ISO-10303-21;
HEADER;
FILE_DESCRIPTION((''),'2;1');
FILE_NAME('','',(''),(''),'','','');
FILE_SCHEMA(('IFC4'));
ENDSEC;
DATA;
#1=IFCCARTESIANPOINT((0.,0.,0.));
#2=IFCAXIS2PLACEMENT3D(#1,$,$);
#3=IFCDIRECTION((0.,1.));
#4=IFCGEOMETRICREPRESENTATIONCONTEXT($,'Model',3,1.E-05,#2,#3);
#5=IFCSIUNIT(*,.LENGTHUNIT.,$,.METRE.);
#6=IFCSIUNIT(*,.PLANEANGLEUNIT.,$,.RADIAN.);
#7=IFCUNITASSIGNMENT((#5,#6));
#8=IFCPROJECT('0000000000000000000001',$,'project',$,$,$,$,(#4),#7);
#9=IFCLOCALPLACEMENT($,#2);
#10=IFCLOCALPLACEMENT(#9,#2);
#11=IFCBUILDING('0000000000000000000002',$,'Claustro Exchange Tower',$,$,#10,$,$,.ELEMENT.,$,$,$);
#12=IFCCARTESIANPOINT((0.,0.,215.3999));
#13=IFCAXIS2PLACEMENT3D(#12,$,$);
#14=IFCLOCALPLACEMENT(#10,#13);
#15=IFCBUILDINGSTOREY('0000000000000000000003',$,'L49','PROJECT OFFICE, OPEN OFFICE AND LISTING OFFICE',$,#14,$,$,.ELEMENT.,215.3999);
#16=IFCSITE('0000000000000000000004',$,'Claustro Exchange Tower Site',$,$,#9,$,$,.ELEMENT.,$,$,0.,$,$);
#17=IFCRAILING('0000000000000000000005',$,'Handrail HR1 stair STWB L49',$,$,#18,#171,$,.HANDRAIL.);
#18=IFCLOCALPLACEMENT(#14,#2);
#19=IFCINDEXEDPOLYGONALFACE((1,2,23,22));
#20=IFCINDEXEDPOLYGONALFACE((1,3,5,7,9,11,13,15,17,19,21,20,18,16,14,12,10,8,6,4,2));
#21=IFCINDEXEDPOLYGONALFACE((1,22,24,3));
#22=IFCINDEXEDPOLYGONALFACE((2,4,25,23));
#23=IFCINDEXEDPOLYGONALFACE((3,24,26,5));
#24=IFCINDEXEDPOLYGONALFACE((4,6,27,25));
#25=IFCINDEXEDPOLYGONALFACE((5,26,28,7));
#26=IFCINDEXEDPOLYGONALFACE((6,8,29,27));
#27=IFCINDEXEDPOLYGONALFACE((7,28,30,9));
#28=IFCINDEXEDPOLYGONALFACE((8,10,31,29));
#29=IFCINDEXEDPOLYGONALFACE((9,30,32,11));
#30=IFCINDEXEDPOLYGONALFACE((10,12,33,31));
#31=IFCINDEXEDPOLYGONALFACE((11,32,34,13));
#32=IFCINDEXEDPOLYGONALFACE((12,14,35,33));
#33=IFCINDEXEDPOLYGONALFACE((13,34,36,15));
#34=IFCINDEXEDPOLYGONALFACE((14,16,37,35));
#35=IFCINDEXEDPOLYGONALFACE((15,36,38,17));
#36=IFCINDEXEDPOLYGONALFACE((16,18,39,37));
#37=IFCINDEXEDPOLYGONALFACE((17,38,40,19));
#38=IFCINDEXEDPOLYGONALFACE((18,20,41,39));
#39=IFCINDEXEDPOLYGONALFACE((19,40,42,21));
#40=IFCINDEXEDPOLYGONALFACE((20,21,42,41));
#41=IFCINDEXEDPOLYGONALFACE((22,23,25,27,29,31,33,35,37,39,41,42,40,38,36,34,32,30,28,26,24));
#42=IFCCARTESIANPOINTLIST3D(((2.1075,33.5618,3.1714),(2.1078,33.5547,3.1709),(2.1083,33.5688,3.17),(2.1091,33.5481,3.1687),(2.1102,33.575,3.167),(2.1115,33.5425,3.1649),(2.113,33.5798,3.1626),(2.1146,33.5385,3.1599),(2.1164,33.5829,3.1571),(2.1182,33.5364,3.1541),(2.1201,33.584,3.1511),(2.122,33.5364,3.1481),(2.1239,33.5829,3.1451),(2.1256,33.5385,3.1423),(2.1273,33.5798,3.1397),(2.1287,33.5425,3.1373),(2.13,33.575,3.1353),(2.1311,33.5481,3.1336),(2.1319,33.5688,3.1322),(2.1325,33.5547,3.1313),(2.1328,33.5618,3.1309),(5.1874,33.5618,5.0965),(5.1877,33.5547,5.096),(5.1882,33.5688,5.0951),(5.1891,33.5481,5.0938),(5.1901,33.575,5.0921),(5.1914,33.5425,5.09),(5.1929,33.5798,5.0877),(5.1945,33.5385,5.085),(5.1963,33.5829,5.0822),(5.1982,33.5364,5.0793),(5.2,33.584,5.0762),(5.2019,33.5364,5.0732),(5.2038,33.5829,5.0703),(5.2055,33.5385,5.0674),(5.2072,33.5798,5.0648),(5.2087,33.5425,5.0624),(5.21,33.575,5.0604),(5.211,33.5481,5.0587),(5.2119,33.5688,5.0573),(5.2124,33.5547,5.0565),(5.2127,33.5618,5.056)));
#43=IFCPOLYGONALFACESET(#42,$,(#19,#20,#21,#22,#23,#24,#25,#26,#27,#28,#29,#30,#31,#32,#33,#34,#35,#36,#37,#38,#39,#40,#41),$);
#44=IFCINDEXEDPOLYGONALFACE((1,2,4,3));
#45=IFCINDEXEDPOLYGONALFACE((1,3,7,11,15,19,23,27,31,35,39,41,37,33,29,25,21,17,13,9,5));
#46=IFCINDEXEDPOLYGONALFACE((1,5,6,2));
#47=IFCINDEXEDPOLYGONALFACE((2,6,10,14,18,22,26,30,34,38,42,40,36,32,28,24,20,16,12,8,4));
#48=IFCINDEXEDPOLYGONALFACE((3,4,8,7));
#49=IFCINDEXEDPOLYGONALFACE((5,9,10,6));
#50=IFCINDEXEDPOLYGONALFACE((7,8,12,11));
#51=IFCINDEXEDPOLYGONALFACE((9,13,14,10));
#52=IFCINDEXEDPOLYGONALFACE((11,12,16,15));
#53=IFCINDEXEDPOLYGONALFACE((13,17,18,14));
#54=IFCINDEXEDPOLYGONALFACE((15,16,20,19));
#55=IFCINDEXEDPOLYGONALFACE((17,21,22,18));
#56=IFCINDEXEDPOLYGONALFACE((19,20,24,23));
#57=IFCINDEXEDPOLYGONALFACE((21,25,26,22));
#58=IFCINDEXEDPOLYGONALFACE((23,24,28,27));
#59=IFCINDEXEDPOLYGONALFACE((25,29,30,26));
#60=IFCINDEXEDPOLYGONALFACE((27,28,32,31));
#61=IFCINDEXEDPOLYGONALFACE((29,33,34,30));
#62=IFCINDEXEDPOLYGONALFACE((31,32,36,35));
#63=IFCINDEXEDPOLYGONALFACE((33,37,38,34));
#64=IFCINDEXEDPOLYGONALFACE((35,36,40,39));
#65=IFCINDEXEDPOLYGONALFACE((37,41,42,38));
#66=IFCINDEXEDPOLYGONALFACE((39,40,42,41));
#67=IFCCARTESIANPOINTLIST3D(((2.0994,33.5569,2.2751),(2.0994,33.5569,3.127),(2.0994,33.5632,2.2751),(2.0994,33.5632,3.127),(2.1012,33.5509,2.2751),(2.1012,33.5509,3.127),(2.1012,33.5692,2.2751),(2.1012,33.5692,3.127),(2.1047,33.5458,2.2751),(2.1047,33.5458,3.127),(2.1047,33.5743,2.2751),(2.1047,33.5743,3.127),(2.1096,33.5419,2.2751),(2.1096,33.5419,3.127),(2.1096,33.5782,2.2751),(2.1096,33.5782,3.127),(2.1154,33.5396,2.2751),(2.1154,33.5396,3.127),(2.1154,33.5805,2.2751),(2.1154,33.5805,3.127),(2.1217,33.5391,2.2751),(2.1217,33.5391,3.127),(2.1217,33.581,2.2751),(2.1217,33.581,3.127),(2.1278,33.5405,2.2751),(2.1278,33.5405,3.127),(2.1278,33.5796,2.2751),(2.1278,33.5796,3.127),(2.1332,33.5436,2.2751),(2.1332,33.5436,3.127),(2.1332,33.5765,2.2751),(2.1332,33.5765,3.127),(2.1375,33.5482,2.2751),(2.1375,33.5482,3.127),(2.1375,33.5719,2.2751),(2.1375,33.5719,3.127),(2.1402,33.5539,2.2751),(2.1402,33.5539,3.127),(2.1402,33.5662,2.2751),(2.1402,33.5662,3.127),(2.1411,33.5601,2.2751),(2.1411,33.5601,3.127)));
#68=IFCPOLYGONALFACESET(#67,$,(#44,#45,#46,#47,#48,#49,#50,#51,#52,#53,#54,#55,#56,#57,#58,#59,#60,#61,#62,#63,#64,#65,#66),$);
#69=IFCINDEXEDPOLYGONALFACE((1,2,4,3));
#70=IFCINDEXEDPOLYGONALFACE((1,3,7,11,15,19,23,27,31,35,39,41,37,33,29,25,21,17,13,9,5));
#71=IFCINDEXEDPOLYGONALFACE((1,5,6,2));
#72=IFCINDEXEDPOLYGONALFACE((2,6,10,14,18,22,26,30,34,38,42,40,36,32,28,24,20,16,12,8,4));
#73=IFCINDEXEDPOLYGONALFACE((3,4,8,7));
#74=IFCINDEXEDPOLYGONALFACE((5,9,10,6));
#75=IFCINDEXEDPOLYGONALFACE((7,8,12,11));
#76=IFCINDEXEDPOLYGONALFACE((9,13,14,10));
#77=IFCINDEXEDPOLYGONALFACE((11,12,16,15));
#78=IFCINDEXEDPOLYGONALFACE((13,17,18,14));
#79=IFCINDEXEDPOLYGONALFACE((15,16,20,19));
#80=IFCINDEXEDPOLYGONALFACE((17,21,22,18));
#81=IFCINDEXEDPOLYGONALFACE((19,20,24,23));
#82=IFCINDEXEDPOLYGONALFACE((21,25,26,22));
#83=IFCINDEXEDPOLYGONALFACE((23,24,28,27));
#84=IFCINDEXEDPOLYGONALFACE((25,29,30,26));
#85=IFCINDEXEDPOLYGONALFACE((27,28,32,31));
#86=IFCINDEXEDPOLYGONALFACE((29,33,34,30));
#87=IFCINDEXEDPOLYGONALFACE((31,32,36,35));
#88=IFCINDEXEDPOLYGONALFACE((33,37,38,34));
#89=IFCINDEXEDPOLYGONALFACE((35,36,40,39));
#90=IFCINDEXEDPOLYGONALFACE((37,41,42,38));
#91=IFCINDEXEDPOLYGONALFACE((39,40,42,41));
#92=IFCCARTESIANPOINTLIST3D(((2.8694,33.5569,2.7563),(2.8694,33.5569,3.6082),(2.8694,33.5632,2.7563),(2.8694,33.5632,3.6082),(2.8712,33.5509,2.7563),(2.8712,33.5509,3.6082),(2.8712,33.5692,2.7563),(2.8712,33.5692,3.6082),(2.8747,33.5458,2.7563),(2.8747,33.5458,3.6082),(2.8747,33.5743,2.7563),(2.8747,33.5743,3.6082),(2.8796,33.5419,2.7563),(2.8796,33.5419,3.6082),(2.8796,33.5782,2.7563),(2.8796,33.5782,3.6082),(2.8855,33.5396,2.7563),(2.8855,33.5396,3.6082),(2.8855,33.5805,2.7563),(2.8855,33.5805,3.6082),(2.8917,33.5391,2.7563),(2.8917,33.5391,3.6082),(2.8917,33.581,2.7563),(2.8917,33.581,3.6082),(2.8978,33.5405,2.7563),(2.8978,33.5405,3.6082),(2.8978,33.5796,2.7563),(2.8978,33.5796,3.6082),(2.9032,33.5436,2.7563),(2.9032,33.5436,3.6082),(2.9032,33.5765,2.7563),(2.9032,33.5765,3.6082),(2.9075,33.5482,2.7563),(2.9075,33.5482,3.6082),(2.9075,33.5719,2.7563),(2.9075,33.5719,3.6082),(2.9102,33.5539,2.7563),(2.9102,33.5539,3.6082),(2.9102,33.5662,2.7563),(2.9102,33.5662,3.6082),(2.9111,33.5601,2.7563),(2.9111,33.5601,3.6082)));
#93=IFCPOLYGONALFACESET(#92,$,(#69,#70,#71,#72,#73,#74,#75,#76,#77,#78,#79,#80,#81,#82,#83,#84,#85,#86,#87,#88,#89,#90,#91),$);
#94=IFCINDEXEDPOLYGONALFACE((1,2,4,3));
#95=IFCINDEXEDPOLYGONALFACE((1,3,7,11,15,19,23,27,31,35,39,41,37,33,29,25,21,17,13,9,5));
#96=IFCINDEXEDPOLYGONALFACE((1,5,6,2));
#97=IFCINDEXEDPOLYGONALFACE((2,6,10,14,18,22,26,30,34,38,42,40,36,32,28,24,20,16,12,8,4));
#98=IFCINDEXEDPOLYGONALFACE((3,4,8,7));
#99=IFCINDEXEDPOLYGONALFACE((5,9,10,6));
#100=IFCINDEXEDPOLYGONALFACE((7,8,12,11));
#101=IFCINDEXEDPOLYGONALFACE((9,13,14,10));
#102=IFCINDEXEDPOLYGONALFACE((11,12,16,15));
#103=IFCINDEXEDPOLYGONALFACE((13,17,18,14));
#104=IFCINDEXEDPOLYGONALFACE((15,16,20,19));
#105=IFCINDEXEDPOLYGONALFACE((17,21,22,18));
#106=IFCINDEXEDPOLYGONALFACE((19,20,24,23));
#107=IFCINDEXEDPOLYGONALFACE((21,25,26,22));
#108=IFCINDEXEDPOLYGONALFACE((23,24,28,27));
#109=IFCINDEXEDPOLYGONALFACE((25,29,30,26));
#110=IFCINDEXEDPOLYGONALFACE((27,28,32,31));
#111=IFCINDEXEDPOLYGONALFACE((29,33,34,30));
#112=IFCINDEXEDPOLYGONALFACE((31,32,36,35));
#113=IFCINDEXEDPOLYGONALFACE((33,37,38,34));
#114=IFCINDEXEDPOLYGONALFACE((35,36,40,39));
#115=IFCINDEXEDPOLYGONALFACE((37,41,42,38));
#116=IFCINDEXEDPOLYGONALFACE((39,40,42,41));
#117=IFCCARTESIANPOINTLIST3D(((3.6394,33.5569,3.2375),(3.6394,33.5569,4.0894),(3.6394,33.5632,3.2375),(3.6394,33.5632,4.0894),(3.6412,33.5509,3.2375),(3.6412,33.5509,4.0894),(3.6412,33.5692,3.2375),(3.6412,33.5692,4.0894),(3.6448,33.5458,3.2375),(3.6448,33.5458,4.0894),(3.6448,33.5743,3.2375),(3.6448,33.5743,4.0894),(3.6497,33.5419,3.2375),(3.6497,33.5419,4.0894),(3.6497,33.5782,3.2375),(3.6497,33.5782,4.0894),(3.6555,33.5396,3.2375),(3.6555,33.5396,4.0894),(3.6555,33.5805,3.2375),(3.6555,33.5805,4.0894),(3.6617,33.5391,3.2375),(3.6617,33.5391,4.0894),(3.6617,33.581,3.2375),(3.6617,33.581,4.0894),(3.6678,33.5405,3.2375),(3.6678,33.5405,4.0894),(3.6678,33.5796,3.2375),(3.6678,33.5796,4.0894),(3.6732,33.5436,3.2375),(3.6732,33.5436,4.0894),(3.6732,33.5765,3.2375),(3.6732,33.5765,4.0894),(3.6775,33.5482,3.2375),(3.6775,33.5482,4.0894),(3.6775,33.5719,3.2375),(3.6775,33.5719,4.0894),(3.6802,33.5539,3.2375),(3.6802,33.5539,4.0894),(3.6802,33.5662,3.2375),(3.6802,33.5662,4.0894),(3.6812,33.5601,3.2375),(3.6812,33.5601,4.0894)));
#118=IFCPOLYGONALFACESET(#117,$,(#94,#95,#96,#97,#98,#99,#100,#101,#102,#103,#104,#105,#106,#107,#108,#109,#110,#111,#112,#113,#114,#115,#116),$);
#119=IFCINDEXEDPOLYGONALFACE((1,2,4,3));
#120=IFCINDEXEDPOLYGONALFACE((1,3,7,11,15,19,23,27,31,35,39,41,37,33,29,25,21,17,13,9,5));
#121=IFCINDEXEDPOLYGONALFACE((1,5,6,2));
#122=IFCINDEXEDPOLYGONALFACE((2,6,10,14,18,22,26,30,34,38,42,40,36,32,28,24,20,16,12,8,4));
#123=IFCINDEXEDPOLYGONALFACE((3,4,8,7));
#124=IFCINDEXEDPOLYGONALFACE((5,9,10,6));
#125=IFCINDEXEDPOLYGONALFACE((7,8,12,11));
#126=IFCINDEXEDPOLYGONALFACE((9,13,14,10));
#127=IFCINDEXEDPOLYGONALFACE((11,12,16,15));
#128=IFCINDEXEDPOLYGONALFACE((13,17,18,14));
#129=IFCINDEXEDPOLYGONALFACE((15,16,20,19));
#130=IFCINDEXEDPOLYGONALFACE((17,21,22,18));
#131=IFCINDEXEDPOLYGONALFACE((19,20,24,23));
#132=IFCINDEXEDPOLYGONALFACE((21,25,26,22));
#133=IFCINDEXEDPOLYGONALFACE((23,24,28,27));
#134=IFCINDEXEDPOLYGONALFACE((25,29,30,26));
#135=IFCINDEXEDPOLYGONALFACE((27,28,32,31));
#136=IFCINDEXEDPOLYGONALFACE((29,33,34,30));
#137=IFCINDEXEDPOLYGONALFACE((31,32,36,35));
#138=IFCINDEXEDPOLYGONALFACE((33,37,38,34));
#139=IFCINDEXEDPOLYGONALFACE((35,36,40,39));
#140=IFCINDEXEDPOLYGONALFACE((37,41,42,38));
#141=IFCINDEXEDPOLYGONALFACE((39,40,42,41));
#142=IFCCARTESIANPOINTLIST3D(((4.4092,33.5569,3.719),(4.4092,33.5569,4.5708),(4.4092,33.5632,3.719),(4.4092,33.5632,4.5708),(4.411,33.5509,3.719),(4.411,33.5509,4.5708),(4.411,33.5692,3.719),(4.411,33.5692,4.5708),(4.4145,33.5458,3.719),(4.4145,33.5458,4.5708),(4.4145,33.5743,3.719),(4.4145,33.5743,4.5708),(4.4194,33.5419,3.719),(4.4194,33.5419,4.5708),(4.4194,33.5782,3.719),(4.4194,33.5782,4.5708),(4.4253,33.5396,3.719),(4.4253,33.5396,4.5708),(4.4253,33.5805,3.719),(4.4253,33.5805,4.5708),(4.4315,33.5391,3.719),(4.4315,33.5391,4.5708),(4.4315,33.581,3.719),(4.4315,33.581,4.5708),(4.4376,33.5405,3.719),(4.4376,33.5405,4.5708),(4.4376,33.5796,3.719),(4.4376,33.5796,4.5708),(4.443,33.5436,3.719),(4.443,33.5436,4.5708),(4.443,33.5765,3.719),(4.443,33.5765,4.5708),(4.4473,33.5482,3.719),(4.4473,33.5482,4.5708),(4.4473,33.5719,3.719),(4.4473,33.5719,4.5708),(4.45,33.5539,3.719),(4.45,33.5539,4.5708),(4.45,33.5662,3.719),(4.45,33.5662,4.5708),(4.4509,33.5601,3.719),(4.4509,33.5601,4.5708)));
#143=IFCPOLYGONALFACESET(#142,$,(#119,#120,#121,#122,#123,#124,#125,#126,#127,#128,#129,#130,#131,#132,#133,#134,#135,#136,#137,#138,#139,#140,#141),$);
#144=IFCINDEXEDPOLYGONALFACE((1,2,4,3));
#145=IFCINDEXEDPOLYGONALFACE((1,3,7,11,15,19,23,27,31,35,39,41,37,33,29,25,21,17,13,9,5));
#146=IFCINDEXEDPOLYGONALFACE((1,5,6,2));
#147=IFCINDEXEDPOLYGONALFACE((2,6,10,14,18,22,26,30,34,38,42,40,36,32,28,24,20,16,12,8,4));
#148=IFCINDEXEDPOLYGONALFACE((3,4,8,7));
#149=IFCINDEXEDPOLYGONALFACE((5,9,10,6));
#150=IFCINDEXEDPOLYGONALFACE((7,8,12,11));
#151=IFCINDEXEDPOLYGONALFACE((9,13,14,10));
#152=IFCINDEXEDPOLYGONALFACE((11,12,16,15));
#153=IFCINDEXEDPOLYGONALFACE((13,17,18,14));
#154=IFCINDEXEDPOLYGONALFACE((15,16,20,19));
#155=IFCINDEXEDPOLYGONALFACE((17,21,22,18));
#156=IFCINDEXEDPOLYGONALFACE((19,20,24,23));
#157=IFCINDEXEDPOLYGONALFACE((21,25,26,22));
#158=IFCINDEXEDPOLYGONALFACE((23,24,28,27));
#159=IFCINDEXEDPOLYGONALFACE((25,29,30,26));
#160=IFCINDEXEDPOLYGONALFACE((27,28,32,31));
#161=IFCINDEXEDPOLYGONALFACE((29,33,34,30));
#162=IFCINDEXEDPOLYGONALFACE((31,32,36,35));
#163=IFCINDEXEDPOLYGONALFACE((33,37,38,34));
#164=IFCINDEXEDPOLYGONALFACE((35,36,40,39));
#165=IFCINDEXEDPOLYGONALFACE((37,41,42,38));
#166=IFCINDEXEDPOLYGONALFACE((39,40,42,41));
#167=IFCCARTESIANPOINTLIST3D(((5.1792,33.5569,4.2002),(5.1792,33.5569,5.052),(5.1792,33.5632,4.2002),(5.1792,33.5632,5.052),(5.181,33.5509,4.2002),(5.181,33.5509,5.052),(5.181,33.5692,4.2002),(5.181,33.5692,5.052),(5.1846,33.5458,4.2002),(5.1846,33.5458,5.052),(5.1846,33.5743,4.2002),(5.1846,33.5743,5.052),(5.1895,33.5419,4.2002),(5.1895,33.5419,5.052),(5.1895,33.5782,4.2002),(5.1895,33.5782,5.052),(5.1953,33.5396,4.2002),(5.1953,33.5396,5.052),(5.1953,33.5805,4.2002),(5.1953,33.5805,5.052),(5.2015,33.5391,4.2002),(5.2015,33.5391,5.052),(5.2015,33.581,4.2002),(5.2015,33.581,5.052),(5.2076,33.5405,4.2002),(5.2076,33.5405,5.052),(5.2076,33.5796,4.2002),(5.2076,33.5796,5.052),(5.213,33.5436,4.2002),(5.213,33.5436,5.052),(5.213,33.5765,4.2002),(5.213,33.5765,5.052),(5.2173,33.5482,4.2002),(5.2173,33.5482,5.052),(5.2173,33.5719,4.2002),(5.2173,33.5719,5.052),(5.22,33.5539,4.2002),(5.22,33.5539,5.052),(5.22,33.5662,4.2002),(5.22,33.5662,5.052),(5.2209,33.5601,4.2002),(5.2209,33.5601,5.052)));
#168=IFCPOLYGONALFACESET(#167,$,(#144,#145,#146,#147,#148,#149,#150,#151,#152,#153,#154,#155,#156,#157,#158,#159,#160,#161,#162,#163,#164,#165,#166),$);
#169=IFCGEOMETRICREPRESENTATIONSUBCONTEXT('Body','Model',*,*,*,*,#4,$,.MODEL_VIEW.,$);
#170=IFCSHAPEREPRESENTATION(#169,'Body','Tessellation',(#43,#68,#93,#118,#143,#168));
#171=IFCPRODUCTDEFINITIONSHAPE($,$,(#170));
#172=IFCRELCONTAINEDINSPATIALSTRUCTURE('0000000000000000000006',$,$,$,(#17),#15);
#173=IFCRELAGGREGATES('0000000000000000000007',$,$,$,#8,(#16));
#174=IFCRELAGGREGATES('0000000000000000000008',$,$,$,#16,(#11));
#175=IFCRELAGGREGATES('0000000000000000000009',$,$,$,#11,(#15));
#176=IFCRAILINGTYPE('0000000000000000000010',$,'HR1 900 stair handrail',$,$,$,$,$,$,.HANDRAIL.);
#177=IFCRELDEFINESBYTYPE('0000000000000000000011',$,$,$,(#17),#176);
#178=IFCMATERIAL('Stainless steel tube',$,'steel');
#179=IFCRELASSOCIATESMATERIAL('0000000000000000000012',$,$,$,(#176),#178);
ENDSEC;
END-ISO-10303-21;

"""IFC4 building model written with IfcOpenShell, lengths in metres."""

from ifc_helpers import new_model, si_unit, direction, frame, origin, origin_2d, place, context, subcontext, project, spatial, circle, extrude, material, type_object, element, save


model = new_model("IFC4")

# Units and contexts
model_context = context("Model", 3, precision=1e-05, world=origin(), true_north=direction((0.0, 1.0)))
body_context = subcontext(model_context, "Body", "Model", "MODEL_VIEW")
ifc_project = project(units=[si_unit("LENGTHUNIT", "METRE"), si_unit("PLANEANGLEUNIT", "RADIAN")], contexts=[model_context])

# Site, building, storey
site_placement = place(None, origin())
site = spatial("IfcSite", under=ifc_project, at=site_placement, Name="Claustro Exchange Tower Site", CompositionType="ELEMENT", RefElevation=0.0)
building_placement = place(site_placement, origin())
building = spatial("IfcBuilding", under=site, at=building_placement, Name="Claustro Exchange Tower", CompositionType="ELEMENT")
storey_placement = place(building_placement, frame((0.0, 0.0, 215.3999)))
storey = spatial("IfcBuildingStorey", under=building, at=storey_placement, Name="L49", Description="PROJECT OFFICE, OPEN OFFICE AND LISTING OFFICE", CompositionType="ELEMENT", Elevation=215.3999)

# Railing
ifc_material_1 = material(Name="Stainless steel tube", Category="steel")
railing_type_1 = type_object("IfcRailingType", Name="HR1 900 stair handrail", PredefinedType="HANDRAIL", material=ifc_material_1)
railing_1_placement = place(storey_placement, frame((2.1201, 33.5601, 2.2751)))
element("IfcRailing", 1, at=railing_1_placement, inside=storey, type_object=railing_type_1, Name="Handrail HR1 stair STWB L49", PredefinedType="HANDRAIL", context=body_context, shape_type="SweptSolid", body=[
    extrude(circle(Radius=0.0239, at=origin_2d()), frame((0.0, 0.0, 0.876), z_axis=(0.847979, 0.0, 0.530029), x_axis=(0.0, 1.0, 0.0)), (0.0, 0.0, 1.0), 3.6321),
    extrude(circle(Radius=0.021, at=origin_2d()), origin(), (0.0, 0.0, 1.0), 0.8518),
    extrude(circle(Radius=0.021, at=origin_2d()), frame((0.77, 0.0, 0.4812)), (0.0, 0.0, 1.0), 0.8518),
    extrude(circle(Radius=0.021, at=origin_2d()), frame((1.54, 0.0, 0.9624)), (0.0, 0.0, 1.0), 0.8518),
    extrude(circle(Radius=0.021, at=origin_2d()), frame((2.3098, 0.0, 1.4438)), (0.0, 0.0, 1.0), 0.8518),
    extrude(circle(Radius=0.021, at=origin_2d()), frame((3.0798, 0.0, 1.925)), (0.0, 0.0, 1.0), 0.8518),
])

save(model, "model.ifc")
